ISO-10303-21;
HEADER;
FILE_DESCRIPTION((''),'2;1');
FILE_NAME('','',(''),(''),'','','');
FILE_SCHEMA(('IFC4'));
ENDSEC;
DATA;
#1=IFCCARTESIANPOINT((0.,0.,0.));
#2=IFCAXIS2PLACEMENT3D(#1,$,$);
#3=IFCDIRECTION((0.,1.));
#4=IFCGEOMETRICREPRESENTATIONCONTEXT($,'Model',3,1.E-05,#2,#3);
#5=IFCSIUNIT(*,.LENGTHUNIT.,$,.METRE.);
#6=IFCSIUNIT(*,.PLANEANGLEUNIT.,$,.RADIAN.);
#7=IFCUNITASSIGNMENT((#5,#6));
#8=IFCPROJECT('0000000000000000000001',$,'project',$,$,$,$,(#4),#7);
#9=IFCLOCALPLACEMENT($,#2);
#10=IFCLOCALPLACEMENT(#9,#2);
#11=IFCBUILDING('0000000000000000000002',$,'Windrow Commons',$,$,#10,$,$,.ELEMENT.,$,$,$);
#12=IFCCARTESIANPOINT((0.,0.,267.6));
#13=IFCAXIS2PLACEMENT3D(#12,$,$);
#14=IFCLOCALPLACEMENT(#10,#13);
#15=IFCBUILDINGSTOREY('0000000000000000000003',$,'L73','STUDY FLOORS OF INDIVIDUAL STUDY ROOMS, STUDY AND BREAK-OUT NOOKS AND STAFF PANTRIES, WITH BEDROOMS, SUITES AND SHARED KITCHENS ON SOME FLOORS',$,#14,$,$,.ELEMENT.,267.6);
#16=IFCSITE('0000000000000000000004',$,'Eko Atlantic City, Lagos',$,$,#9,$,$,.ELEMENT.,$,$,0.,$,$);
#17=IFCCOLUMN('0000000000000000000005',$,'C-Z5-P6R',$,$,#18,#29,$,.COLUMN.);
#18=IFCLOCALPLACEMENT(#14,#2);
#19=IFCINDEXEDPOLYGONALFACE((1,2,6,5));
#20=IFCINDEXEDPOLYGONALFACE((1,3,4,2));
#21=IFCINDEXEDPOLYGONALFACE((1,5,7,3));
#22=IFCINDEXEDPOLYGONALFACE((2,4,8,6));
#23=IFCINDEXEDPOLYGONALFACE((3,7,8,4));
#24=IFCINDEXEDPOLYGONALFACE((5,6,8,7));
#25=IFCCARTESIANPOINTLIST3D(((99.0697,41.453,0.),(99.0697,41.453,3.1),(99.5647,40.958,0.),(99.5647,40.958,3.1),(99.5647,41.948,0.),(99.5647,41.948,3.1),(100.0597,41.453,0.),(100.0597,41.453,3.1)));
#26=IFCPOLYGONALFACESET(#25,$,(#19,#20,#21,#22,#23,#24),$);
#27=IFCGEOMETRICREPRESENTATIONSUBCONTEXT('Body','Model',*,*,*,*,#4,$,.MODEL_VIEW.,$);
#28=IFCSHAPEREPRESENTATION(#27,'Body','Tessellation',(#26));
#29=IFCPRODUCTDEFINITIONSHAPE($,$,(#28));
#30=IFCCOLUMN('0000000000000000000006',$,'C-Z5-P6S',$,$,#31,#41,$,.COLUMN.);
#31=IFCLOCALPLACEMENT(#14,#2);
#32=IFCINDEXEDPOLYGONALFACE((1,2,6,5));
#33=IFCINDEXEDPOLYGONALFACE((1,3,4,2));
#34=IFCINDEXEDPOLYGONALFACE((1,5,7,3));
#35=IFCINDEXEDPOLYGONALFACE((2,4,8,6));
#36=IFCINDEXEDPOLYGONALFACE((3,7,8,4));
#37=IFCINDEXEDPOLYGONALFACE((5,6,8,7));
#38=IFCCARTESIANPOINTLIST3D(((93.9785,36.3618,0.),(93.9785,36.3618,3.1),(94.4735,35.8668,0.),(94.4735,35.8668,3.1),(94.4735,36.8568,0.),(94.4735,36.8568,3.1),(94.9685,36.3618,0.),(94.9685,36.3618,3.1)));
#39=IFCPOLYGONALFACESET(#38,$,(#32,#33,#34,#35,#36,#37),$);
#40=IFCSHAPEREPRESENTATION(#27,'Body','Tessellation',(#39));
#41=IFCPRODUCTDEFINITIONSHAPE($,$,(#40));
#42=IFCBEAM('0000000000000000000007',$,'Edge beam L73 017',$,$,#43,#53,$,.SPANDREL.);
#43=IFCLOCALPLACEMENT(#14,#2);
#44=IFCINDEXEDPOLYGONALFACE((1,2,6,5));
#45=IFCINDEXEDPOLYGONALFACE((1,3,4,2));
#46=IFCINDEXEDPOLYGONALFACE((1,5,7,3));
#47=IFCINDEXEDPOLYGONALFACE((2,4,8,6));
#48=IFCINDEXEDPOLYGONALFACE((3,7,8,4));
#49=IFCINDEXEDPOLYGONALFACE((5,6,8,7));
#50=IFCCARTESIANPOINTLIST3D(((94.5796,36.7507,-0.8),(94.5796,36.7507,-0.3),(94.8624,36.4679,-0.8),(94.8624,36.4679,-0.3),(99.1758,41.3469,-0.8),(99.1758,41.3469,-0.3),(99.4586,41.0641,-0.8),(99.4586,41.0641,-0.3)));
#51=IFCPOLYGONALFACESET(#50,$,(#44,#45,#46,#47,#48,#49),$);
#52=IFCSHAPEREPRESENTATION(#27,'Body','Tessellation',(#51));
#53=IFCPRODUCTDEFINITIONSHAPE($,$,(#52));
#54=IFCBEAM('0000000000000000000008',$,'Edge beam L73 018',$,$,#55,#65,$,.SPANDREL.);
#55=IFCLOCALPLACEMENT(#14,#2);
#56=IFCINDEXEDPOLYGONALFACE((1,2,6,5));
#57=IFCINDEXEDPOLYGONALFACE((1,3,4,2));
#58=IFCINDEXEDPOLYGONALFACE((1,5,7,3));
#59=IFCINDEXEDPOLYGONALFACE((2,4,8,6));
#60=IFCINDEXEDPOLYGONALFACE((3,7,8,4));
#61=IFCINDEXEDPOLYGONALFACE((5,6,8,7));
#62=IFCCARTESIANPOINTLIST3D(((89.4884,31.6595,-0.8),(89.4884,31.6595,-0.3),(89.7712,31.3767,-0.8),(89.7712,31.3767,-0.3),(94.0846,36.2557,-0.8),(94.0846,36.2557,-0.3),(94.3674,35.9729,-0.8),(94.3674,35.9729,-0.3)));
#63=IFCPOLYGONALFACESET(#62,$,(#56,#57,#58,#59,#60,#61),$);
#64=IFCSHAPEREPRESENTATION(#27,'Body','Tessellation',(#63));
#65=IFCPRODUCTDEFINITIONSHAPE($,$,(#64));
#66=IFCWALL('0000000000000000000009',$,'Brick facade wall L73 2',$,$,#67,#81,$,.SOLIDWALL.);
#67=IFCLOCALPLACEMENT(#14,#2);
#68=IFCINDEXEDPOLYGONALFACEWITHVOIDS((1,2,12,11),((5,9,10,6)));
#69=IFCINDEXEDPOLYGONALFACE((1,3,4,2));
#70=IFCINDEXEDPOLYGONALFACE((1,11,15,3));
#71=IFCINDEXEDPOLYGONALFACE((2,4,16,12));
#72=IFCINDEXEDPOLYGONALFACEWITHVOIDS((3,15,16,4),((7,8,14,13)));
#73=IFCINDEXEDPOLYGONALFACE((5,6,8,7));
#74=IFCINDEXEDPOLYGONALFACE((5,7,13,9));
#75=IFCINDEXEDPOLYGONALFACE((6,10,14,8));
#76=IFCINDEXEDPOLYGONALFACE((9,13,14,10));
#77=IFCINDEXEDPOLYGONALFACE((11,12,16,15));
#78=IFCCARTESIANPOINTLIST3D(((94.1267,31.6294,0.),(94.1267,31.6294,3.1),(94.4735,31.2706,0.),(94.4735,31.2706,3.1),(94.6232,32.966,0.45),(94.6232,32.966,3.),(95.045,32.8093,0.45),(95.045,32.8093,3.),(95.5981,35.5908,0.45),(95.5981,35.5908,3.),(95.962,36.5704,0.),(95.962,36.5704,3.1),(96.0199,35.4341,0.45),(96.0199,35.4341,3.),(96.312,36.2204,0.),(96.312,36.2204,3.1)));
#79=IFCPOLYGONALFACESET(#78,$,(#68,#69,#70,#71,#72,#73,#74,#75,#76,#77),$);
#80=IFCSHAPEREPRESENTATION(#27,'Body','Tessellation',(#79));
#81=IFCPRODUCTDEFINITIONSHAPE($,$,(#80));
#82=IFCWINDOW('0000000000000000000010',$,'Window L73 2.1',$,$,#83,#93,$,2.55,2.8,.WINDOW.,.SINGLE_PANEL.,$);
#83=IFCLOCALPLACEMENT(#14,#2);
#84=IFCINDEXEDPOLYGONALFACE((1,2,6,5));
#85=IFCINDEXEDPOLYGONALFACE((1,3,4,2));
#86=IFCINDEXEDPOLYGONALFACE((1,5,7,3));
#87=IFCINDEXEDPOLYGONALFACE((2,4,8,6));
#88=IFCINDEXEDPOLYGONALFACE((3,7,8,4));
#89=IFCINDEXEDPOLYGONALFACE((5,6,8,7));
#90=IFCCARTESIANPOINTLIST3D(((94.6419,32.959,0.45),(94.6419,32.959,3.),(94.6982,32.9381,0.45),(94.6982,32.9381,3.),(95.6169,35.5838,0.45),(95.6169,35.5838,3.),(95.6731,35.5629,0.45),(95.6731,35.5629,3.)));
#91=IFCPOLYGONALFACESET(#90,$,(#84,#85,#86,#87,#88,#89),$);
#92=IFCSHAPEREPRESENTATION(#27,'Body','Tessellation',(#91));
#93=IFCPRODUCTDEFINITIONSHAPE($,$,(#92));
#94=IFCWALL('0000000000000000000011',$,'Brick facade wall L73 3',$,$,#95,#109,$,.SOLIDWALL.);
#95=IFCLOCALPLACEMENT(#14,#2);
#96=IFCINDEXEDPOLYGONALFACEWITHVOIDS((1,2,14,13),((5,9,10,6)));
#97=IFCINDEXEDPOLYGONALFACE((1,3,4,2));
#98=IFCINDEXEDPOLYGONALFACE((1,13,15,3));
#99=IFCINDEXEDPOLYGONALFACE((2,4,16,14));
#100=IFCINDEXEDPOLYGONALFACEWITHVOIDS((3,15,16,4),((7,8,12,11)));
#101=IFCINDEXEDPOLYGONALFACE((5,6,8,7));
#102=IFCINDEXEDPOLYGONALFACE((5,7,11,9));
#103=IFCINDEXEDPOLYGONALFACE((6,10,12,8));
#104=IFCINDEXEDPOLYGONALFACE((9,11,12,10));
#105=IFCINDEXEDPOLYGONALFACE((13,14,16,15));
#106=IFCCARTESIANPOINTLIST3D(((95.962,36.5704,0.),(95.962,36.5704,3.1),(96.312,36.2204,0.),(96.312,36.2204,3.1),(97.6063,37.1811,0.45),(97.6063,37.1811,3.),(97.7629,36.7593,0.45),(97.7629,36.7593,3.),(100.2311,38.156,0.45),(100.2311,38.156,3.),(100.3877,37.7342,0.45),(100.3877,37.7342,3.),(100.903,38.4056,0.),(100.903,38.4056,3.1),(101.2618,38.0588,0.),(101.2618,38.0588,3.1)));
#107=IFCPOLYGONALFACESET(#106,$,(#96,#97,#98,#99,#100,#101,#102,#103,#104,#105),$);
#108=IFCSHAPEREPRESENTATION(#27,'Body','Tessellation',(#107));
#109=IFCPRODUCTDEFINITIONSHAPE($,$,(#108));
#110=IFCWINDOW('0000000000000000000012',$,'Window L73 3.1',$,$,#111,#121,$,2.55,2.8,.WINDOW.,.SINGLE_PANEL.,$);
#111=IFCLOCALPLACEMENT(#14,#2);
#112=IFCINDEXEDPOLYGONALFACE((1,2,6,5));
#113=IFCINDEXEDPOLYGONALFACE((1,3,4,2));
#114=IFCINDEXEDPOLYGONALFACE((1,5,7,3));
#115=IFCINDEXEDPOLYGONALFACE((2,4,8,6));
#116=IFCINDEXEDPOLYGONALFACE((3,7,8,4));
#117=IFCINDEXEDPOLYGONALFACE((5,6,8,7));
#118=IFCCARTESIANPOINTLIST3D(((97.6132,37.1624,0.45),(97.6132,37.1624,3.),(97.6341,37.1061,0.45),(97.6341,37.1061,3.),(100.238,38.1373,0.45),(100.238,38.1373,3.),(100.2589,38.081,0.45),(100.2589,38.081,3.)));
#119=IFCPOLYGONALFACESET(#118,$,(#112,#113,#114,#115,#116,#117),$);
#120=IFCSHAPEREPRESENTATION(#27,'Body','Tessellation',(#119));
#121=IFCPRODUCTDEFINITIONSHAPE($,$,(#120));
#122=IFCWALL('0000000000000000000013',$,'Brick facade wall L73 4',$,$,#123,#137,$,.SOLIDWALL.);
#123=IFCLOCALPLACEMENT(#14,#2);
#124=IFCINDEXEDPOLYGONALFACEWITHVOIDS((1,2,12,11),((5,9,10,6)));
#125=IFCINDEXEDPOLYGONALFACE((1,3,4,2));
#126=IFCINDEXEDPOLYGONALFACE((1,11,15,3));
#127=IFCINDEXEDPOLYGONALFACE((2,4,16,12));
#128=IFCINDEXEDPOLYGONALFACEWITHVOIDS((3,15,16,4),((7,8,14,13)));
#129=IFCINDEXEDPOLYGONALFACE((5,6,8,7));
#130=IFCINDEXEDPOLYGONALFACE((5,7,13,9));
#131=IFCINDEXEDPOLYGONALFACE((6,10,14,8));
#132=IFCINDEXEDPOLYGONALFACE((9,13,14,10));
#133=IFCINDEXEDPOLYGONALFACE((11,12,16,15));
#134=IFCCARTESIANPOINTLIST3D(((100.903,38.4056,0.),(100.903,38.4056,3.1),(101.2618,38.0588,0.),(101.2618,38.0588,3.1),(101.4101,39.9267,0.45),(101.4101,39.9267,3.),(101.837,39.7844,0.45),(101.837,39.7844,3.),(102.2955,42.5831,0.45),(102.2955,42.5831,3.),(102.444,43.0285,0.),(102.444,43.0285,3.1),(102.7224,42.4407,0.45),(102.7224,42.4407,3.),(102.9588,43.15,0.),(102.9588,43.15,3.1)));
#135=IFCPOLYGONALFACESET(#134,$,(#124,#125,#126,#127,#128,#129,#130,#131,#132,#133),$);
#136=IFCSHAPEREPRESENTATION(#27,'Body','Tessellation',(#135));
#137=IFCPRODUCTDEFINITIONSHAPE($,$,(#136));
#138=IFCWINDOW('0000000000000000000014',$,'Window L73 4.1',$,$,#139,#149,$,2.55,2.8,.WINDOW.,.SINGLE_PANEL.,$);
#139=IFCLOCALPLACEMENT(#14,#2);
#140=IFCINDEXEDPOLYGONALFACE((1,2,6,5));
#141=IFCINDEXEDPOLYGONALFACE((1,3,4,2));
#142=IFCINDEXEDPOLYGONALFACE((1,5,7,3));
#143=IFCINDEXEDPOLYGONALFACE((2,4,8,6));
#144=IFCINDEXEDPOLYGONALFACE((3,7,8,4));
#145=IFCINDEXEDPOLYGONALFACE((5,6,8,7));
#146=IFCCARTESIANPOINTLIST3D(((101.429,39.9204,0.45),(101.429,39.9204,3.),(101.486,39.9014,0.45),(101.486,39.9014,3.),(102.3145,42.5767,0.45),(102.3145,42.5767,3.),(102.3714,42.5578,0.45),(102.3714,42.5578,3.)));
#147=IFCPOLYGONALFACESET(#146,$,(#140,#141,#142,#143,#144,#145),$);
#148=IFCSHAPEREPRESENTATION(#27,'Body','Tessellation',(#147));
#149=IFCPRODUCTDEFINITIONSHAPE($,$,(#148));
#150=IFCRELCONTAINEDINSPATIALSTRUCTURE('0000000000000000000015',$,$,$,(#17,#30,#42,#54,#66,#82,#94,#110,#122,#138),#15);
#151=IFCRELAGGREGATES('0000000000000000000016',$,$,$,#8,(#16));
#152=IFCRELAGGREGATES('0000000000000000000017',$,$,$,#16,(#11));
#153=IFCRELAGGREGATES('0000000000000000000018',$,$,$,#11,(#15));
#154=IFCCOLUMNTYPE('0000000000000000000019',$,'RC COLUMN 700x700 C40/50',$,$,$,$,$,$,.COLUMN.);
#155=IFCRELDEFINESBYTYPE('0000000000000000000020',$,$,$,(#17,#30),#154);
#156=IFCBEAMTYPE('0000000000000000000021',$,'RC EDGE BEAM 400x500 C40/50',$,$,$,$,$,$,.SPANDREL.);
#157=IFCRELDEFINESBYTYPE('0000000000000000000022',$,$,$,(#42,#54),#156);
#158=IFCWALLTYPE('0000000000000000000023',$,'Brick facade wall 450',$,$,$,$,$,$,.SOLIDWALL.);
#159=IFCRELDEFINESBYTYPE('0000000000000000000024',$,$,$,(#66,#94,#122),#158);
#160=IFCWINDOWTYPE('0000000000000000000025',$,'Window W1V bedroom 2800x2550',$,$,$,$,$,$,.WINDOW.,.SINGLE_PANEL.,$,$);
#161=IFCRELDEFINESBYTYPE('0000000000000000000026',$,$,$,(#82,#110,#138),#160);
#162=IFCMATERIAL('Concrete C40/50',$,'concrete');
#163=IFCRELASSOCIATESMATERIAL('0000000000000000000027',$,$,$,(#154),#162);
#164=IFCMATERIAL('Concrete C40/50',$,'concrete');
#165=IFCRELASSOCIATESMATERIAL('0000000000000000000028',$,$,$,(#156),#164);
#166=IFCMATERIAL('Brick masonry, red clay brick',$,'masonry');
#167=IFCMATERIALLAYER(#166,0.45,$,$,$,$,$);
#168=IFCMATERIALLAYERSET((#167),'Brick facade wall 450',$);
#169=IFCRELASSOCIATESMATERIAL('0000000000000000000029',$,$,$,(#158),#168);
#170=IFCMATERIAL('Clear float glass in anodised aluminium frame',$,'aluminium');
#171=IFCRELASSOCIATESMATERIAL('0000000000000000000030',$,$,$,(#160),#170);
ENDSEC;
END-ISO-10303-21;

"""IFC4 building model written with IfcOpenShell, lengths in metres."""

from ifc_helpers import new_model, si_unit, direction, frame, frame_2d, origin, origin_2d, place, context, subcontext, project, spatial, polyline, rectangle, outline, extrude, material, layer, layer_set, material_profile, profile_set, type_object, element, fill, save


model = new_model("IFC4")

# Units and contexts
model_context = context("Model", 3, precision=1e-05, world=origin(), true_north=direction((0.0, 1.0)))
body_context = subcontext(model_context, "Body", "Model", "MODEL_VIEW")
ifc_project = project(units=[si_unit("LENGTHUNIT", "METRE"), si_unit("PLANEANGLEUNIT", "RADIAN")], contexts=[model_context])

# Site, building, storey
site_placement = place(None, origin())
site = spatial("IfcSite", under=ifc_project, at=site_placement, Name="Eko Atlantic City, Lagos", CompositionType="ELEMENT", RefElevation=0.0)
building_placement = place(site_placement, origin())
building = spatial("IfcBuilding", under=site, at=building_placement, Name="Windrow Commons", CompositionType="ELEMENT")
storey_placement = place(building_placement, frame((0.0, 0.0, 267.6)))
storey = spatial("IfcBuildingStorey", under=building, at=storey_placement, Name="L73", Description="STUDY FLOORS OF INDIVIDUAL STUDY ROOMS, STUDY AND BREAK-OUT NOOKS AND STAFF PANTRIES, WITH BEDROOMS, SUITES AND SHARED KITCHENS ON SOME FLOORS", CompositionType="ELEMENT", Elevation=267.6)

# Columns
ifc_material_1 = material(Name="Concrete C40/50", Category="concrete")
ifc_material_profile_1 = material_profile(ifc_material_1, rectangle(XDim=0.7, YDim=0.7, at=origin_2d()))
ifc_profile_set_1 = profile_set([ifc_material_profile_1], Name="Concrete C40/50")
column_type = type_object("IfcColumnType", Name="RC COLUMN 700x700 C40/50", PredefinedType="COLUMN", material=ifc_profile_set_1)
for number, where, z_axis, x_axis, name in (
    (1, (99.5647, 41.453, 0.0), (0.0, 0.0, 1.0), (0.707107, -0.707107, 0.0), "C-Z5-P6R"),
    (2, (94.4735, 36.3618, 0.0), (0.0, 0.0, 1.0), (0.707107, -0.707107, 0.0), "C-Z5-P6S"),
):
    element("IfcColumn", number, at=place(storey_placement, frame(where, z_axis=z_axis, x_axis=x_axis)), inside=storey, type_object=column_type, Name=name, PredefinedType="COLUMN", context=body_context, shape_type="SweptSolid", body=[
        extrude(rectangle(XDim=0.7, YDim=0.7, at=origin_2d()), origin(), (0.0, 0.0, 1.0), 3.1),
    ])

# Beams
ifc_material_2 = material(Name="Concrete C40/50", Category="concrete")
ifc_material_profile_2 = material_profile(ifc_material_2, rectangle(XDim=0.4, YDim=0.5, at=origin_2d()))
ifc_profile_set_2 = profile_set([ifc_material_profile_2], Name="Concrete C40/50")
beam_type = type_object("IfcBeamType", Name="RC EDGE BEAM 400x500 C40/50", PredefinedType="SPANDREL", material=ifc_profile_set_2)
for number, where, z_axis, x_axis, name in (
    (3, (99.3172, 41.2055, -0.55), (-0.707107, -0.707107, 0.0), (0.707107, -0.707107, 0.0), "Edge beam L73 017"),
    (4, (94.226, 36.1143, -0.55), (-0.707107, -0.707107, 0.0), (0.707107, -0.707107, 0.0), "Edge beam L73 018"),
):
    element("IfcBeam", number, at=place(storey_placement, frame(where, z_axis=z_axis, x_axis=x_axis)), inside=storey, type_object=beam_type, Name=name, PredefinedType="SPANDREL", context=body_context, shape_type="SweptSolid", body=[
        extrude(rectangle(XDim=0.4, YDim=0.5, at=origin_2d()), origin(), (0.0, 0.0, 1.0), 6.5),
    ])

# Walls, openings, windows
ifc_material_3 = material(Name="Brick masonry, red clay brick", Category="masonry")
ifc_layer_1 = layer(ifc_material_3, 0.45)
ifc_layer_set_1 = layer_set([ifc_layer_1], Name="Brick facade wall 450")
wall_type_1 = type_object("IfcWallType", Name="Brick facade wall 450", PredefinedType="SOLIDWALL", material=ifc_layer_set_1)
wall_1_placement = place(storey_placement, frame((94.3001, 31.45, 0.0), z_axis=(0.0, 0.0, 1.0), x_axis=(0.348193, 0.937423, 0.0)))
wall_1 = element("IfcWall", 5, at=wall_1_placement, inside=storey, type_object=wall_type_1, Name="Brick facade wall L73 2", PredefinedType="SOLIDWALL", context=body_context, shape_type="SweptSolid", body=[
    extrude(outline(polyline([(-0.1078, -0.225), (5.1724, -0.225), (5.3786, 0.225), (0.1078, 0.225), (-0.1078, -0.225)])), origin(), (0.0, 0.0, 1.0), 3.1),
])
opening_1_placement = place(wall_1_placement, frame((1.5336, 0.0, 0.45)))
opening_1 = element("IfcOpeningElement", 6, at=opening_1_placement, cuts=wall_1, PredefinedType="OPENING", context=body_context, shape_type="SweptSolid", body=[
    extrude(rectangle(XDim=2.8, YDim=2.55, at=frame_2d((1.4, 1.275))), frame((0.0, 0.235, 0.0), z_axis=(0.0, -1.0, 0.0), x_axis=(1.0, 0.0, 0.0)), (0.0, 0.0, 1.0), 0.47),
])
ifc_material_4 = material(Name="Clear float glass in anodised aluminium frame", Category="aluminium")
window_type = type_object("IfcWindowType", Name="Window W1V bedroom 2800x2550", PartitioningType="SINGLE_PANEL", PredefinedType="WINDOW", material=ifc_material_4)
window_1_placement = place(opening_1_placement, origin())
window_1 = element("IfcWindow", 7, at=window_1_placement, inside=storey, type_object=window_type, Name="Window L73 2.1", OverallHeight=2.55, OverallWidth=2.8, PartitioningType="SINGLE_PANEL", PredefinedType="WINDOW", context=body_context, shape_type="SweptSolid", body=[
    extrude(rectangle(XDim=2.8, YDim=2.55, at=frame_2d((1.4, 1.275))), frame((0.0, 0.205, 0.0), z_axis=(0.0, -1.0, 0.0), x_axis=(1.0, 0.0, 0.0)), (0.0, 0.0, 1.0), 0.06),
])
fill(opening_1, window_1)
wall_2_placement = place(storey_placement, frame((96.137, 36.3954, 0.0), z_axis=(0.0, 0.0, 1.0), x_axis=(0.937429, 0.348176, 0.0)))
wall_2 = element("IfcWall", 8, at=wall_2_placement, inside=storey, type_object=wall_type_1, Name="Brick facade wall L73 3", PredefinedType="SOLIDWALL", context=body_context, shape_type="SweptSolid", body=[
    extrude(outline(polyline([(0.1031, -0.225), (5.3833, -0.225), (5.1677, 0.225), (-0.1031, 0.225), (0.1031, -0.225)])), origin(), (0.0, 0.0, 1.0), 3.1),
])
opening_2_placement = place(wall_2_placement, frame((1.6509, 0.0, 0.45)))
opening_2 = element("IfcOpeningElement", 9, at=opening_2_placement, cuts=wall_2, PredefinedType="OPENING", context=body_context, shape_type="SweptSolid", body=[
    extrude(rectangle(XDim=2.8, YDim=2.55, at=frame_2d((1.4, 1.275))), frame((0.0, 0.235, 0.0), z_axis=(0.0, -1.0, 0.0), x_axis=(1.0, 0.0, 0.0)), (0.0, 0.0, 1.0), 0.47),
])
window_2_placement = place(opening_2_placement, origin())
window_2 = element("IfcWindow", 10, at=window_2_placement, inside=storey, type_object=window_type, Name="Window L73 3.1", OverallHeight=2.55, OverallWidth=2.8, PartitioningType="SINGLE_PANEL", PredefinedType="WINDOW", context=body_context, shape_type="SweptSolid", body=[
    extrude(rectangle(XDim=2.8, YDim=2.55, at=frame_2d((1.4, 1.275))), frame((0.0, 0.205, 0.0), z_axis=(0.0, -1.0, 0.0), x_axis=(1.0, 0.0, 0.0)), (0.0, 0.0, 1.0), 0.06),
])
fill(opening_2, window_2)
wall_3_placement = place(storey_placement, frame((101.0824, 38.2322, 0.0), z_axis=(0.0, 0.0, 1.0), x_axis=(0.316228, 0.948683, 0.0)))
wall_3 = element("IfcWall", 11, at=wall_3_placement, inside=storey, type_object=wall_type_1, Name="Brick facade wall L73 4", PredefinedType="SOLIDWALL", context=body_context, shape_type="SweptSolid", body=[
    extrude(outline(polyline([(-0.1078, -0.225), (5.2588, -0.225), (4.9807, 0.225), (0.1078, 0.225), (-0.1078, -0.225)])), origin(), (0.0, 0.0, 1.0), 3.1),
])
opening_3_placement = place(wall_3_placement, frame((1.7112, 0.0, 0.45)))
opening_3 = element("IfcOpeningElement", 12, at=opening_3_placement, cuts=wall_3, PredefinedType="OPENING", context=body_context, shape_type="SweptSolid", body=[
    extrude(rectangle(XDim=2.8, YDim=2.55, at=frame_2d((1.4, 1.275))), frame((0.0, 0.235, 0.0), z_axis=(0.0, -1.0, 0.0), x_axis=(1.0, 0.0, 0.0)), (0.0, 0.0, 1.0), 0.47),
])
window_3_placement = place(opening_3_placement, origin())
window_3 = element("IfcWindow", 13, at=window_3_placement, inside=storey, type_object=window_type, Name="Window L73 4.1", OverallHeight=2.55, OverallWidth=2.8, PartitioningType="SINGLE_PANEL", PredefinedType="WINDOW", context=body_context, shape_type="SweptSolid", body=[
    extrude(rectangle(XDim=2.8, YDim=2.55, at=frame_2d((1.4, 1.275))), frame((0.0, 0.205, 0.0), z_axis=(0.0, -1.0, 0.0), x_axis=(1.0, 0.0, 0.0)), (0.0, 0.0, 1.0), 0.06),
])
fill(opening_3, window_3)

save(model, "model.ifc")
